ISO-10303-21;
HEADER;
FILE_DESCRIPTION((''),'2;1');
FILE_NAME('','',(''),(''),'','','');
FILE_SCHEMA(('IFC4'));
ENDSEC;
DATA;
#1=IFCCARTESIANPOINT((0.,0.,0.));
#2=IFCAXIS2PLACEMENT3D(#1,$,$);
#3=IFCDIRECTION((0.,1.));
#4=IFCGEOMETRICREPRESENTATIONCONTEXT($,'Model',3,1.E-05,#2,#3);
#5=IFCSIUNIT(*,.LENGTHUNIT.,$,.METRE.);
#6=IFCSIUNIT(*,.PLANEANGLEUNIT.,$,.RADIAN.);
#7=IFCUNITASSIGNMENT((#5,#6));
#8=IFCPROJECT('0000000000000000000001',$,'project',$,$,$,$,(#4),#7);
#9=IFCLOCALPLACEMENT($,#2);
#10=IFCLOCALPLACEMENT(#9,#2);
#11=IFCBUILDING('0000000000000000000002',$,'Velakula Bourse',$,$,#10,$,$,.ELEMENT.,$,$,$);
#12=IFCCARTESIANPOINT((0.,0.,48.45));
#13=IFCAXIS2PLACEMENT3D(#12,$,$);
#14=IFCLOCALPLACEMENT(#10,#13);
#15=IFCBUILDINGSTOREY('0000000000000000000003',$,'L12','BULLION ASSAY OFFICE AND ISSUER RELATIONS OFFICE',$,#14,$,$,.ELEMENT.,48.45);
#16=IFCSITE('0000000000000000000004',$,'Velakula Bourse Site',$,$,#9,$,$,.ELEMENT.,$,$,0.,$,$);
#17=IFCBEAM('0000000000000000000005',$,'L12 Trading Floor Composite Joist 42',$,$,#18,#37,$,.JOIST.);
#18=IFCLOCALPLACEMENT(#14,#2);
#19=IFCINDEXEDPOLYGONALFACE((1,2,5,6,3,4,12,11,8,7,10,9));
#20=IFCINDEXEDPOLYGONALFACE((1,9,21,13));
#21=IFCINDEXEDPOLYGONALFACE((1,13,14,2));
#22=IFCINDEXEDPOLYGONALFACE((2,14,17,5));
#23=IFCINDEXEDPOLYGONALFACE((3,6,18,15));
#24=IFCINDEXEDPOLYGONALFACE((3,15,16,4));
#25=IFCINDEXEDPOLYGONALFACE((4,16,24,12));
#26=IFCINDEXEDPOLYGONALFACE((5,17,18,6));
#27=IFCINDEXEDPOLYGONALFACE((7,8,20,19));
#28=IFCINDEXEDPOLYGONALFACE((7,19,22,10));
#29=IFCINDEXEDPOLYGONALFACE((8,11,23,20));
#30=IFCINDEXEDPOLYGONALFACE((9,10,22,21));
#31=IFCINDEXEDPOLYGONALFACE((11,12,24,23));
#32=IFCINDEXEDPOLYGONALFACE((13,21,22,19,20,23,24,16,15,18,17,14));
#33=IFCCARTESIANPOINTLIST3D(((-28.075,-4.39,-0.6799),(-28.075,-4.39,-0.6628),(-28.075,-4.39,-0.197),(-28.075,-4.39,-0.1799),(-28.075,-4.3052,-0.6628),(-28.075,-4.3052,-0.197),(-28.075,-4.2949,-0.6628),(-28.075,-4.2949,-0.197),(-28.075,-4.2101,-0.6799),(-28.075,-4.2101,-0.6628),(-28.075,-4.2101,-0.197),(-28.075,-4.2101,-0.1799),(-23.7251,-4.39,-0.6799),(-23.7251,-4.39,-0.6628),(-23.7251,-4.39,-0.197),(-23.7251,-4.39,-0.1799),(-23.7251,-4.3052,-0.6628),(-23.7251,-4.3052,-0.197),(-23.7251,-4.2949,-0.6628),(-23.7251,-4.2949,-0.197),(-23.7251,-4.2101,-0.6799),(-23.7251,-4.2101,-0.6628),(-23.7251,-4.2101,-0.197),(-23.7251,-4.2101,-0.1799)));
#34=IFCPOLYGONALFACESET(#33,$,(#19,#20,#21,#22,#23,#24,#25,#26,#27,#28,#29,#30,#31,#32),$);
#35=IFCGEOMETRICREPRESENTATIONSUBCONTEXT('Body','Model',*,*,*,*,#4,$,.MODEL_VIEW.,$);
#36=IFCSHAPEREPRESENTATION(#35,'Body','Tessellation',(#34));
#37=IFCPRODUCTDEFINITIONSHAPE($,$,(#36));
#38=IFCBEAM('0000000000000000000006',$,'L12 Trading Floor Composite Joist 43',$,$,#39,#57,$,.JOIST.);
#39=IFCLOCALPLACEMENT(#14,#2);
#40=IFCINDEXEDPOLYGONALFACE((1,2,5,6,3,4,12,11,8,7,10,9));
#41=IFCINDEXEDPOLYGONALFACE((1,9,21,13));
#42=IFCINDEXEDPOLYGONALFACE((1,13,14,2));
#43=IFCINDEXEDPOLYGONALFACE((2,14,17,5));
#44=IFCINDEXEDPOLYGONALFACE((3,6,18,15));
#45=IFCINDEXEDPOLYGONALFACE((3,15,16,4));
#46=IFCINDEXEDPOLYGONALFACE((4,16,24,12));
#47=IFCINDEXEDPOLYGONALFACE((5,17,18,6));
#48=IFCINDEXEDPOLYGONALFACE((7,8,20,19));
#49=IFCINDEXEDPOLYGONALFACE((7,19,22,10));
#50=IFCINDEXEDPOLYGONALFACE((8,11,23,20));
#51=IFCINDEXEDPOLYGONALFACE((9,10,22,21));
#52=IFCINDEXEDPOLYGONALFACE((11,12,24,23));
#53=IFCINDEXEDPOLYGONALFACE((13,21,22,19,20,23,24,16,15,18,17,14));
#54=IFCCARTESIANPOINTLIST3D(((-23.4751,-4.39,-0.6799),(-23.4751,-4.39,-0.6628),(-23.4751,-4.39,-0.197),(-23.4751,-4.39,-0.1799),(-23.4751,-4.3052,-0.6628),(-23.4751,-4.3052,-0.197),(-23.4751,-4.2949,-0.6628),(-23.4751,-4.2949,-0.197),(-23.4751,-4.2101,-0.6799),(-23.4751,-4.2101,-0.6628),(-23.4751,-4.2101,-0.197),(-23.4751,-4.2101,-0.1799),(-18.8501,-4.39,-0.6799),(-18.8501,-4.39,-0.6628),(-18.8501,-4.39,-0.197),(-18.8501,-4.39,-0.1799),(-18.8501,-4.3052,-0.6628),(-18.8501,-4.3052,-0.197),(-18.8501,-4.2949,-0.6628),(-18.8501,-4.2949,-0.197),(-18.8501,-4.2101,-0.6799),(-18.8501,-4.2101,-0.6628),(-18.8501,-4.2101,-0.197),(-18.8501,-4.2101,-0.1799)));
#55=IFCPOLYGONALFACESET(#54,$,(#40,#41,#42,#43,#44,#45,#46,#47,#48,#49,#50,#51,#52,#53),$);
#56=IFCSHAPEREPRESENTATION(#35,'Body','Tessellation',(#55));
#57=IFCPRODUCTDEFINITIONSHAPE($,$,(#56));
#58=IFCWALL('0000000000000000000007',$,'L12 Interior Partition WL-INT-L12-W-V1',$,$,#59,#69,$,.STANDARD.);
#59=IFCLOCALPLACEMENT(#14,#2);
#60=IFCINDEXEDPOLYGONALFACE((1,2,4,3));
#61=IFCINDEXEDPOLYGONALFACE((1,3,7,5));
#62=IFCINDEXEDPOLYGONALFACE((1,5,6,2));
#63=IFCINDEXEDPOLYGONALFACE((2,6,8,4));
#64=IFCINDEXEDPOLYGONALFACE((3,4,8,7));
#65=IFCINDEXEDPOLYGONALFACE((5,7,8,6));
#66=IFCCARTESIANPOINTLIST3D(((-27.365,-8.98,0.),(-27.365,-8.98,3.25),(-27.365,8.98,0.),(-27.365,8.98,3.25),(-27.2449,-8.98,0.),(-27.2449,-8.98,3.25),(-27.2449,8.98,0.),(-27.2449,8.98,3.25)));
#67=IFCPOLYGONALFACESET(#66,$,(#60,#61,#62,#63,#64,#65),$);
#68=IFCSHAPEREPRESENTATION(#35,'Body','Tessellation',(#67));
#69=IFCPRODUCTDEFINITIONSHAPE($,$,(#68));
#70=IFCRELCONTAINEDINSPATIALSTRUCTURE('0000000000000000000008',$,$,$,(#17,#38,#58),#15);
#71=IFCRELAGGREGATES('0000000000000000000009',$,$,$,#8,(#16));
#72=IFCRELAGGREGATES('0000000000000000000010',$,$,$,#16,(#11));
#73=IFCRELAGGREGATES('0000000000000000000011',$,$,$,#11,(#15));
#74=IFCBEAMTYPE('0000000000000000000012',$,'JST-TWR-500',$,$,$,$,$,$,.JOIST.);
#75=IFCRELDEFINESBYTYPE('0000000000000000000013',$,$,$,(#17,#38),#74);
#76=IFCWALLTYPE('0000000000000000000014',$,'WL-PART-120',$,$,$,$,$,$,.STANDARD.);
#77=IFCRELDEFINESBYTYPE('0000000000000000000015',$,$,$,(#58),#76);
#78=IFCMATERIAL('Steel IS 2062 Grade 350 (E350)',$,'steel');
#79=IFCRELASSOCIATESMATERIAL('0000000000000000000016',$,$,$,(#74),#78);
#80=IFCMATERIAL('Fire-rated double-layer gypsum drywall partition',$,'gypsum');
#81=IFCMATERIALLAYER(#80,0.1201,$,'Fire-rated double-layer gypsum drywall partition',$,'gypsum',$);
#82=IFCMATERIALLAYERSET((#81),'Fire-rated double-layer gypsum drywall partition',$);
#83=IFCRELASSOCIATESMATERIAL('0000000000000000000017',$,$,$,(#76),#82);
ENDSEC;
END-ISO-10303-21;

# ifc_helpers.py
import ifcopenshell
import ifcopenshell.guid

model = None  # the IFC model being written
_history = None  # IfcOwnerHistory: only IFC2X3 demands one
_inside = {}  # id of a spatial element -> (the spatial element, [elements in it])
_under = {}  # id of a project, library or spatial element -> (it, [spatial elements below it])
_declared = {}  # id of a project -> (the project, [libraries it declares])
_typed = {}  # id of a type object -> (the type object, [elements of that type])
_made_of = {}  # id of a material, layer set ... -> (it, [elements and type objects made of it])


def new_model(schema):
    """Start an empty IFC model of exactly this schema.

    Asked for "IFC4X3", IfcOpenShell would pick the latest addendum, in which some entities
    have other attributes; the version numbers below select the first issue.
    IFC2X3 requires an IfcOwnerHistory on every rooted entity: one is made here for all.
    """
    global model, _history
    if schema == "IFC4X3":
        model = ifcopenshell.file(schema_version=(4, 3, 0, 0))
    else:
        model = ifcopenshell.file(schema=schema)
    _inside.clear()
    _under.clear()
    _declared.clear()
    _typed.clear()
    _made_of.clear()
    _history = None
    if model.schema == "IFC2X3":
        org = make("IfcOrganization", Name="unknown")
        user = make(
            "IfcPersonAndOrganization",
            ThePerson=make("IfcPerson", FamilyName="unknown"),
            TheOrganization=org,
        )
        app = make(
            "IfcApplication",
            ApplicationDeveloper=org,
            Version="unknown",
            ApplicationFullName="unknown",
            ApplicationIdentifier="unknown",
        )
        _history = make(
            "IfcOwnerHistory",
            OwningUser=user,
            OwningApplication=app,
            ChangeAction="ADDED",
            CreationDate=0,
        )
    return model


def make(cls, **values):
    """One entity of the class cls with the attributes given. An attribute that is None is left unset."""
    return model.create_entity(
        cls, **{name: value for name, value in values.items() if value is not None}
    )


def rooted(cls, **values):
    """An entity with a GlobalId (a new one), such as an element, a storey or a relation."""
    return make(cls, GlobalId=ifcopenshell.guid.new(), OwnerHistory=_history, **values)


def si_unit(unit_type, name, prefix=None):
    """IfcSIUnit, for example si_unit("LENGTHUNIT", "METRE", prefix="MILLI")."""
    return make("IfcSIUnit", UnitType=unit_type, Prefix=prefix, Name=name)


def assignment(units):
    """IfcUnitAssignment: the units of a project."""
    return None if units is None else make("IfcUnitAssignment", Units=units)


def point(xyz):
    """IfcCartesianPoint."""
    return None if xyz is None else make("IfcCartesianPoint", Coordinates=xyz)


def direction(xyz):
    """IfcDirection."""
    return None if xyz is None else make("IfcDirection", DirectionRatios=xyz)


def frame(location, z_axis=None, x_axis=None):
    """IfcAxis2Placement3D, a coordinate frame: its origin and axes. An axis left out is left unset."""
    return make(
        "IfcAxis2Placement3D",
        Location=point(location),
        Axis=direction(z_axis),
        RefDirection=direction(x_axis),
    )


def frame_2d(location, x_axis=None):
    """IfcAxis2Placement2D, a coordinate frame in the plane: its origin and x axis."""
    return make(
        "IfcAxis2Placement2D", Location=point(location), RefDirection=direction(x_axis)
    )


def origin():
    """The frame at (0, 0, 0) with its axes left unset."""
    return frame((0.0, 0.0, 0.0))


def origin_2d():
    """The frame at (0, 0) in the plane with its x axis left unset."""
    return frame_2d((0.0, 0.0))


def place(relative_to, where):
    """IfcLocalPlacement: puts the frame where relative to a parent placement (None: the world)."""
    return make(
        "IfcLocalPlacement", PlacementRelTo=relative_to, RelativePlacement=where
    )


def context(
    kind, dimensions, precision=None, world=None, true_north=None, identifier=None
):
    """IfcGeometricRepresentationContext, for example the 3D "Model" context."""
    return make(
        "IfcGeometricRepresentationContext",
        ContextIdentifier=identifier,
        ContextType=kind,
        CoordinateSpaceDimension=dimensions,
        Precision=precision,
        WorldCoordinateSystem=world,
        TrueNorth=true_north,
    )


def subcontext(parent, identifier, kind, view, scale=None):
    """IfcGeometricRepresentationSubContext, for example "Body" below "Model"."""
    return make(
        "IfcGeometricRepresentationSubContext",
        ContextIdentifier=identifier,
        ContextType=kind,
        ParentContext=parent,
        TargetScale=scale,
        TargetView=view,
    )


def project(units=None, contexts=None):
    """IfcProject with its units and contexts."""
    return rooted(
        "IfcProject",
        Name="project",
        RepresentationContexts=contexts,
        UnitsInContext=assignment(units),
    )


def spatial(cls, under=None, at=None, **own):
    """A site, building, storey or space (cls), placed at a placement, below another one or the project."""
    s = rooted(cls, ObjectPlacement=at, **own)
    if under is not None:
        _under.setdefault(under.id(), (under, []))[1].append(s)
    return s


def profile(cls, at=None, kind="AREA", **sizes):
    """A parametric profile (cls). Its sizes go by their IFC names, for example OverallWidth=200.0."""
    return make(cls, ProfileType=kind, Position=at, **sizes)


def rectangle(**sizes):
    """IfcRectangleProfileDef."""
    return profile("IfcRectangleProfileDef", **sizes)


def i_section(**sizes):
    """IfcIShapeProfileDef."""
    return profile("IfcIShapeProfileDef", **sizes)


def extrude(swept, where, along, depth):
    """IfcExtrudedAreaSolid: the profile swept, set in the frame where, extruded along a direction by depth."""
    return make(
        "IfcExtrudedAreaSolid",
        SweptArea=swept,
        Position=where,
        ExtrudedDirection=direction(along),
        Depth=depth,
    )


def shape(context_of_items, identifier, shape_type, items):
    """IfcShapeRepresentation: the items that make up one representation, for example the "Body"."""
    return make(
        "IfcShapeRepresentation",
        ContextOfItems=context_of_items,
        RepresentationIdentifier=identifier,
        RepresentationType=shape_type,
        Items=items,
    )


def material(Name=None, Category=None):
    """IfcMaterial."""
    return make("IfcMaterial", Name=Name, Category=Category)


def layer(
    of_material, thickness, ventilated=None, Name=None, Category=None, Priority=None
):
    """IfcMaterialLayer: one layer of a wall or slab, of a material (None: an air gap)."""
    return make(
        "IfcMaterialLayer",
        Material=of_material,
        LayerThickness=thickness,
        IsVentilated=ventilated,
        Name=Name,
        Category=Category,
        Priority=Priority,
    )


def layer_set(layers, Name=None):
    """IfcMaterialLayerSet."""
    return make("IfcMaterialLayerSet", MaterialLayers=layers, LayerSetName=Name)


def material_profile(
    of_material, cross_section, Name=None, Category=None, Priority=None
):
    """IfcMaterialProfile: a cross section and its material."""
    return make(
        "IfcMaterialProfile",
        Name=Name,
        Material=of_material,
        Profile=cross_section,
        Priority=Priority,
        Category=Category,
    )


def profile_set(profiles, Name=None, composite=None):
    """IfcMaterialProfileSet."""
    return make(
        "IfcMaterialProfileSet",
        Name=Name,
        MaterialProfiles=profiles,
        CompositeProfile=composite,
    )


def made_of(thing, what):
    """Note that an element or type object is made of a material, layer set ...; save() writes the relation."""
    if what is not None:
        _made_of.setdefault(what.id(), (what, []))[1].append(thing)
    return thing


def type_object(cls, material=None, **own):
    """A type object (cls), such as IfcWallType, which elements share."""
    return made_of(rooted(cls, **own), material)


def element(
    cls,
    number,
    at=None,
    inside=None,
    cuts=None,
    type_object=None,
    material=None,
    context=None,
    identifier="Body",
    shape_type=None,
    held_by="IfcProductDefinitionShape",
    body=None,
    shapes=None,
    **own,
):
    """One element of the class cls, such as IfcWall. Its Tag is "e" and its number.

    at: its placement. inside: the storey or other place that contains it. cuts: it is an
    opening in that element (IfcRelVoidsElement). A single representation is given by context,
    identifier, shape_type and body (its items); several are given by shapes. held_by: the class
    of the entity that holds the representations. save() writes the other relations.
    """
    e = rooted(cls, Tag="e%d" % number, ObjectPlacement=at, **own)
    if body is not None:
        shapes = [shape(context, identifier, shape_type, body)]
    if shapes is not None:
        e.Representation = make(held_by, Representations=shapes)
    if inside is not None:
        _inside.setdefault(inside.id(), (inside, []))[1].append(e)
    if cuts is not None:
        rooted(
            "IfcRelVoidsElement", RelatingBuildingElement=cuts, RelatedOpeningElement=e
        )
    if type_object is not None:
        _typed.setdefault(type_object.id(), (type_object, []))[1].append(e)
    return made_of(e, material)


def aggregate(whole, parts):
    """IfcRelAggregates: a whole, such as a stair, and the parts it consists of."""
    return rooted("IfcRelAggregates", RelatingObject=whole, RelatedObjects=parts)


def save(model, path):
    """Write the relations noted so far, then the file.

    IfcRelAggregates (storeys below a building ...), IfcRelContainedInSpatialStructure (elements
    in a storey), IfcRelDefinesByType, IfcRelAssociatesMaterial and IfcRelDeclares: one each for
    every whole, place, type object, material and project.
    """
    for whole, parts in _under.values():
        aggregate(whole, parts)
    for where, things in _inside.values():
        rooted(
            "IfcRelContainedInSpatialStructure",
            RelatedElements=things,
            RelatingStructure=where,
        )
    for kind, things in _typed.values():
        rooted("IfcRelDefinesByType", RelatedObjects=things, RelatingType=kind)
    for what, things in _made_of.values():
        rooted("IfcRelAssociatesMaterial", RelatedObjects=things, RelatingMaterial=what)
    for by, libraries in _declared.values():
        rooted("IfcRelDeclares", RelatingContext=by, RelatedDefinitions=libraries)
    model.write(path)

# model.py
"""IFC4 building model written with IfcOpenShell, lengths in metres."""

from ifc_helpers import new_model, si_unit, direction, frame, frame_2d, origin, origin_2d, place, context, subcontext, project, spatial, rectangle, i_section, extrude, material, layer, layer_set, material_profile, profile_set, type_object, element, save


model = new_model("IFC4")

# Units and contexts
model_context = context("Model", 3, precision=1e-05, world=origin(), true_north=direction((0.0, 1.0)))
body_context = subcontext(model_context, "Body", "Model", "MODEL_VIEW")
ifc_project = project(units=[si_unit("LENGTHUNIT", "METRE"), si_unit("PLANEANGLEUNIT", "RADIAN")], contexts=[model_context])

# Site, building, storey
site_placement = place(None, origin())
site = spatial("IfcSite", under=ifc_project, at=site_placement, Name="Velakula Bourse Site", CompositionType="ELEMENT", RefElevation=0.0)
building_placement = place(site_placement, origin())
building = spatial("IfcBuilding", under=site, at=building_placement, Name="Velakula Bourse", CompositionType="ELEMENT")
storey_placement = place(building_placement, frame((0.0, 0.0, 48.45)))
storey = spatial("IfcBuildingStorey", under=building, at=storey_placement, Name="L12", Description="BULLION ASSAY OFFICE AND ISSUER RELATIONS OFFICE", CompositionType="ELEMENT", Elevation=48.45)

# Beams
ifc_material_1 = material(Name="Steel IS 2062 Grade 350 (E350)", Category="steel")
ifc_material_profile_1 = material_profile(ifc_material_1, i_section(OverallWidth=0.1799, OverallDepth=0.5, WebThickness=0.0103, FlangeThickness=0.0171, at=origin_2d()), Name="Steel IS 2062 Grade 350 (E350)")
ifc_profile_set_1 = profile_set([ifc_material_profile_1], Name="Steel IS 2062 Grade 350 (E350)")
beam_type_1 = type_object("IfcBeamType", Name="JST-TWR-500", PredefinedType="JOIST", material=ifc_profile_set_1)
beam_1_placement = place(storey_placement, frame((-28.075, -4.3, -0.4299), z_axis=(1.0, 0.0, 0.0), x_axis=(0.0, 1.0, 0.0)))
element("IfcBeam", 1, at=beam_1_placement, inside=storey, type_object=beam_type_1, Name="L12 Trading Floor Composite Joist 42", PredefinedType="JOIST", context=body_context, shape_type="SweptSolid", body=[
    extrude(i_section(OverallWidth=0.1799, OverallDepth=0.5, WebThickness=0.0103, FlangeThickness=0.0171, at=origin_2d()), origin(), (0.0, 0.0, 1.0), 4.3499),
])
beam_2_placement = place(storey_placement, frame((-23.4751, -4.3, -0.4299), z_axis=(1.0, 0.0, 0.0), x_axis=(0.0, 1.0, 0.0)))
element("IfcBeam", 2, at=beam_2_placement, inside=storey, type_object=beam_type_1, Name="L12 Trading Floor Composite Joist 43", PredefinedType="JOIST", context=body_context, shape_type="SweptSolid", body=[
    extrude(i_section(OverallWidth=0.1799, OverallDepth=0.5, WebThickness=0.0103, FlangeThickness=0.0171, at=origin_2d()), origin(), (0.0, 0.0, 1.0), 4.625),
])

# Wall
ifc_material_2 = material(Name="Fire-rated double-layer gypsum drywall partition", Category="gypsum")
ifc_layer = layer(ifc_material_2, 0.1201, Name="Fire-rated double-layer gypsum drywall partition", Category="gypsum")
ifc_layer_set = layer_set([ifc_layer], Name="Fire-rated double-layer gypsum drywall partition")
wall_type = type_object("IfcWallType", Name="WL-PART-120", PredefinedType="STANDARD", material=ifc_layer_set)
wall_placement = place(storey_placement, frame((-27.3049, -8.98, 0.0), z_axis=(0.0, 0.0, 1.0), x_axis=(0.0, 1.0, 0.0)))
element("IfcWall", 3, at=wall_placement, inside=storey, type_object=wall_type, Name="L12 Interior Partition WL-INT-L12-W-V1", PredefinedType="STANDARD", context=body_context, shape_type="SweptSolid", body=[
    extrude(rectangle(XDim=17.96, YDim=0.1201, at=frame_2d((8.98, 0.0))), origin(), (0.0, 0.0, 1.0), 3.25),
])

save(model, "model.ifc")
